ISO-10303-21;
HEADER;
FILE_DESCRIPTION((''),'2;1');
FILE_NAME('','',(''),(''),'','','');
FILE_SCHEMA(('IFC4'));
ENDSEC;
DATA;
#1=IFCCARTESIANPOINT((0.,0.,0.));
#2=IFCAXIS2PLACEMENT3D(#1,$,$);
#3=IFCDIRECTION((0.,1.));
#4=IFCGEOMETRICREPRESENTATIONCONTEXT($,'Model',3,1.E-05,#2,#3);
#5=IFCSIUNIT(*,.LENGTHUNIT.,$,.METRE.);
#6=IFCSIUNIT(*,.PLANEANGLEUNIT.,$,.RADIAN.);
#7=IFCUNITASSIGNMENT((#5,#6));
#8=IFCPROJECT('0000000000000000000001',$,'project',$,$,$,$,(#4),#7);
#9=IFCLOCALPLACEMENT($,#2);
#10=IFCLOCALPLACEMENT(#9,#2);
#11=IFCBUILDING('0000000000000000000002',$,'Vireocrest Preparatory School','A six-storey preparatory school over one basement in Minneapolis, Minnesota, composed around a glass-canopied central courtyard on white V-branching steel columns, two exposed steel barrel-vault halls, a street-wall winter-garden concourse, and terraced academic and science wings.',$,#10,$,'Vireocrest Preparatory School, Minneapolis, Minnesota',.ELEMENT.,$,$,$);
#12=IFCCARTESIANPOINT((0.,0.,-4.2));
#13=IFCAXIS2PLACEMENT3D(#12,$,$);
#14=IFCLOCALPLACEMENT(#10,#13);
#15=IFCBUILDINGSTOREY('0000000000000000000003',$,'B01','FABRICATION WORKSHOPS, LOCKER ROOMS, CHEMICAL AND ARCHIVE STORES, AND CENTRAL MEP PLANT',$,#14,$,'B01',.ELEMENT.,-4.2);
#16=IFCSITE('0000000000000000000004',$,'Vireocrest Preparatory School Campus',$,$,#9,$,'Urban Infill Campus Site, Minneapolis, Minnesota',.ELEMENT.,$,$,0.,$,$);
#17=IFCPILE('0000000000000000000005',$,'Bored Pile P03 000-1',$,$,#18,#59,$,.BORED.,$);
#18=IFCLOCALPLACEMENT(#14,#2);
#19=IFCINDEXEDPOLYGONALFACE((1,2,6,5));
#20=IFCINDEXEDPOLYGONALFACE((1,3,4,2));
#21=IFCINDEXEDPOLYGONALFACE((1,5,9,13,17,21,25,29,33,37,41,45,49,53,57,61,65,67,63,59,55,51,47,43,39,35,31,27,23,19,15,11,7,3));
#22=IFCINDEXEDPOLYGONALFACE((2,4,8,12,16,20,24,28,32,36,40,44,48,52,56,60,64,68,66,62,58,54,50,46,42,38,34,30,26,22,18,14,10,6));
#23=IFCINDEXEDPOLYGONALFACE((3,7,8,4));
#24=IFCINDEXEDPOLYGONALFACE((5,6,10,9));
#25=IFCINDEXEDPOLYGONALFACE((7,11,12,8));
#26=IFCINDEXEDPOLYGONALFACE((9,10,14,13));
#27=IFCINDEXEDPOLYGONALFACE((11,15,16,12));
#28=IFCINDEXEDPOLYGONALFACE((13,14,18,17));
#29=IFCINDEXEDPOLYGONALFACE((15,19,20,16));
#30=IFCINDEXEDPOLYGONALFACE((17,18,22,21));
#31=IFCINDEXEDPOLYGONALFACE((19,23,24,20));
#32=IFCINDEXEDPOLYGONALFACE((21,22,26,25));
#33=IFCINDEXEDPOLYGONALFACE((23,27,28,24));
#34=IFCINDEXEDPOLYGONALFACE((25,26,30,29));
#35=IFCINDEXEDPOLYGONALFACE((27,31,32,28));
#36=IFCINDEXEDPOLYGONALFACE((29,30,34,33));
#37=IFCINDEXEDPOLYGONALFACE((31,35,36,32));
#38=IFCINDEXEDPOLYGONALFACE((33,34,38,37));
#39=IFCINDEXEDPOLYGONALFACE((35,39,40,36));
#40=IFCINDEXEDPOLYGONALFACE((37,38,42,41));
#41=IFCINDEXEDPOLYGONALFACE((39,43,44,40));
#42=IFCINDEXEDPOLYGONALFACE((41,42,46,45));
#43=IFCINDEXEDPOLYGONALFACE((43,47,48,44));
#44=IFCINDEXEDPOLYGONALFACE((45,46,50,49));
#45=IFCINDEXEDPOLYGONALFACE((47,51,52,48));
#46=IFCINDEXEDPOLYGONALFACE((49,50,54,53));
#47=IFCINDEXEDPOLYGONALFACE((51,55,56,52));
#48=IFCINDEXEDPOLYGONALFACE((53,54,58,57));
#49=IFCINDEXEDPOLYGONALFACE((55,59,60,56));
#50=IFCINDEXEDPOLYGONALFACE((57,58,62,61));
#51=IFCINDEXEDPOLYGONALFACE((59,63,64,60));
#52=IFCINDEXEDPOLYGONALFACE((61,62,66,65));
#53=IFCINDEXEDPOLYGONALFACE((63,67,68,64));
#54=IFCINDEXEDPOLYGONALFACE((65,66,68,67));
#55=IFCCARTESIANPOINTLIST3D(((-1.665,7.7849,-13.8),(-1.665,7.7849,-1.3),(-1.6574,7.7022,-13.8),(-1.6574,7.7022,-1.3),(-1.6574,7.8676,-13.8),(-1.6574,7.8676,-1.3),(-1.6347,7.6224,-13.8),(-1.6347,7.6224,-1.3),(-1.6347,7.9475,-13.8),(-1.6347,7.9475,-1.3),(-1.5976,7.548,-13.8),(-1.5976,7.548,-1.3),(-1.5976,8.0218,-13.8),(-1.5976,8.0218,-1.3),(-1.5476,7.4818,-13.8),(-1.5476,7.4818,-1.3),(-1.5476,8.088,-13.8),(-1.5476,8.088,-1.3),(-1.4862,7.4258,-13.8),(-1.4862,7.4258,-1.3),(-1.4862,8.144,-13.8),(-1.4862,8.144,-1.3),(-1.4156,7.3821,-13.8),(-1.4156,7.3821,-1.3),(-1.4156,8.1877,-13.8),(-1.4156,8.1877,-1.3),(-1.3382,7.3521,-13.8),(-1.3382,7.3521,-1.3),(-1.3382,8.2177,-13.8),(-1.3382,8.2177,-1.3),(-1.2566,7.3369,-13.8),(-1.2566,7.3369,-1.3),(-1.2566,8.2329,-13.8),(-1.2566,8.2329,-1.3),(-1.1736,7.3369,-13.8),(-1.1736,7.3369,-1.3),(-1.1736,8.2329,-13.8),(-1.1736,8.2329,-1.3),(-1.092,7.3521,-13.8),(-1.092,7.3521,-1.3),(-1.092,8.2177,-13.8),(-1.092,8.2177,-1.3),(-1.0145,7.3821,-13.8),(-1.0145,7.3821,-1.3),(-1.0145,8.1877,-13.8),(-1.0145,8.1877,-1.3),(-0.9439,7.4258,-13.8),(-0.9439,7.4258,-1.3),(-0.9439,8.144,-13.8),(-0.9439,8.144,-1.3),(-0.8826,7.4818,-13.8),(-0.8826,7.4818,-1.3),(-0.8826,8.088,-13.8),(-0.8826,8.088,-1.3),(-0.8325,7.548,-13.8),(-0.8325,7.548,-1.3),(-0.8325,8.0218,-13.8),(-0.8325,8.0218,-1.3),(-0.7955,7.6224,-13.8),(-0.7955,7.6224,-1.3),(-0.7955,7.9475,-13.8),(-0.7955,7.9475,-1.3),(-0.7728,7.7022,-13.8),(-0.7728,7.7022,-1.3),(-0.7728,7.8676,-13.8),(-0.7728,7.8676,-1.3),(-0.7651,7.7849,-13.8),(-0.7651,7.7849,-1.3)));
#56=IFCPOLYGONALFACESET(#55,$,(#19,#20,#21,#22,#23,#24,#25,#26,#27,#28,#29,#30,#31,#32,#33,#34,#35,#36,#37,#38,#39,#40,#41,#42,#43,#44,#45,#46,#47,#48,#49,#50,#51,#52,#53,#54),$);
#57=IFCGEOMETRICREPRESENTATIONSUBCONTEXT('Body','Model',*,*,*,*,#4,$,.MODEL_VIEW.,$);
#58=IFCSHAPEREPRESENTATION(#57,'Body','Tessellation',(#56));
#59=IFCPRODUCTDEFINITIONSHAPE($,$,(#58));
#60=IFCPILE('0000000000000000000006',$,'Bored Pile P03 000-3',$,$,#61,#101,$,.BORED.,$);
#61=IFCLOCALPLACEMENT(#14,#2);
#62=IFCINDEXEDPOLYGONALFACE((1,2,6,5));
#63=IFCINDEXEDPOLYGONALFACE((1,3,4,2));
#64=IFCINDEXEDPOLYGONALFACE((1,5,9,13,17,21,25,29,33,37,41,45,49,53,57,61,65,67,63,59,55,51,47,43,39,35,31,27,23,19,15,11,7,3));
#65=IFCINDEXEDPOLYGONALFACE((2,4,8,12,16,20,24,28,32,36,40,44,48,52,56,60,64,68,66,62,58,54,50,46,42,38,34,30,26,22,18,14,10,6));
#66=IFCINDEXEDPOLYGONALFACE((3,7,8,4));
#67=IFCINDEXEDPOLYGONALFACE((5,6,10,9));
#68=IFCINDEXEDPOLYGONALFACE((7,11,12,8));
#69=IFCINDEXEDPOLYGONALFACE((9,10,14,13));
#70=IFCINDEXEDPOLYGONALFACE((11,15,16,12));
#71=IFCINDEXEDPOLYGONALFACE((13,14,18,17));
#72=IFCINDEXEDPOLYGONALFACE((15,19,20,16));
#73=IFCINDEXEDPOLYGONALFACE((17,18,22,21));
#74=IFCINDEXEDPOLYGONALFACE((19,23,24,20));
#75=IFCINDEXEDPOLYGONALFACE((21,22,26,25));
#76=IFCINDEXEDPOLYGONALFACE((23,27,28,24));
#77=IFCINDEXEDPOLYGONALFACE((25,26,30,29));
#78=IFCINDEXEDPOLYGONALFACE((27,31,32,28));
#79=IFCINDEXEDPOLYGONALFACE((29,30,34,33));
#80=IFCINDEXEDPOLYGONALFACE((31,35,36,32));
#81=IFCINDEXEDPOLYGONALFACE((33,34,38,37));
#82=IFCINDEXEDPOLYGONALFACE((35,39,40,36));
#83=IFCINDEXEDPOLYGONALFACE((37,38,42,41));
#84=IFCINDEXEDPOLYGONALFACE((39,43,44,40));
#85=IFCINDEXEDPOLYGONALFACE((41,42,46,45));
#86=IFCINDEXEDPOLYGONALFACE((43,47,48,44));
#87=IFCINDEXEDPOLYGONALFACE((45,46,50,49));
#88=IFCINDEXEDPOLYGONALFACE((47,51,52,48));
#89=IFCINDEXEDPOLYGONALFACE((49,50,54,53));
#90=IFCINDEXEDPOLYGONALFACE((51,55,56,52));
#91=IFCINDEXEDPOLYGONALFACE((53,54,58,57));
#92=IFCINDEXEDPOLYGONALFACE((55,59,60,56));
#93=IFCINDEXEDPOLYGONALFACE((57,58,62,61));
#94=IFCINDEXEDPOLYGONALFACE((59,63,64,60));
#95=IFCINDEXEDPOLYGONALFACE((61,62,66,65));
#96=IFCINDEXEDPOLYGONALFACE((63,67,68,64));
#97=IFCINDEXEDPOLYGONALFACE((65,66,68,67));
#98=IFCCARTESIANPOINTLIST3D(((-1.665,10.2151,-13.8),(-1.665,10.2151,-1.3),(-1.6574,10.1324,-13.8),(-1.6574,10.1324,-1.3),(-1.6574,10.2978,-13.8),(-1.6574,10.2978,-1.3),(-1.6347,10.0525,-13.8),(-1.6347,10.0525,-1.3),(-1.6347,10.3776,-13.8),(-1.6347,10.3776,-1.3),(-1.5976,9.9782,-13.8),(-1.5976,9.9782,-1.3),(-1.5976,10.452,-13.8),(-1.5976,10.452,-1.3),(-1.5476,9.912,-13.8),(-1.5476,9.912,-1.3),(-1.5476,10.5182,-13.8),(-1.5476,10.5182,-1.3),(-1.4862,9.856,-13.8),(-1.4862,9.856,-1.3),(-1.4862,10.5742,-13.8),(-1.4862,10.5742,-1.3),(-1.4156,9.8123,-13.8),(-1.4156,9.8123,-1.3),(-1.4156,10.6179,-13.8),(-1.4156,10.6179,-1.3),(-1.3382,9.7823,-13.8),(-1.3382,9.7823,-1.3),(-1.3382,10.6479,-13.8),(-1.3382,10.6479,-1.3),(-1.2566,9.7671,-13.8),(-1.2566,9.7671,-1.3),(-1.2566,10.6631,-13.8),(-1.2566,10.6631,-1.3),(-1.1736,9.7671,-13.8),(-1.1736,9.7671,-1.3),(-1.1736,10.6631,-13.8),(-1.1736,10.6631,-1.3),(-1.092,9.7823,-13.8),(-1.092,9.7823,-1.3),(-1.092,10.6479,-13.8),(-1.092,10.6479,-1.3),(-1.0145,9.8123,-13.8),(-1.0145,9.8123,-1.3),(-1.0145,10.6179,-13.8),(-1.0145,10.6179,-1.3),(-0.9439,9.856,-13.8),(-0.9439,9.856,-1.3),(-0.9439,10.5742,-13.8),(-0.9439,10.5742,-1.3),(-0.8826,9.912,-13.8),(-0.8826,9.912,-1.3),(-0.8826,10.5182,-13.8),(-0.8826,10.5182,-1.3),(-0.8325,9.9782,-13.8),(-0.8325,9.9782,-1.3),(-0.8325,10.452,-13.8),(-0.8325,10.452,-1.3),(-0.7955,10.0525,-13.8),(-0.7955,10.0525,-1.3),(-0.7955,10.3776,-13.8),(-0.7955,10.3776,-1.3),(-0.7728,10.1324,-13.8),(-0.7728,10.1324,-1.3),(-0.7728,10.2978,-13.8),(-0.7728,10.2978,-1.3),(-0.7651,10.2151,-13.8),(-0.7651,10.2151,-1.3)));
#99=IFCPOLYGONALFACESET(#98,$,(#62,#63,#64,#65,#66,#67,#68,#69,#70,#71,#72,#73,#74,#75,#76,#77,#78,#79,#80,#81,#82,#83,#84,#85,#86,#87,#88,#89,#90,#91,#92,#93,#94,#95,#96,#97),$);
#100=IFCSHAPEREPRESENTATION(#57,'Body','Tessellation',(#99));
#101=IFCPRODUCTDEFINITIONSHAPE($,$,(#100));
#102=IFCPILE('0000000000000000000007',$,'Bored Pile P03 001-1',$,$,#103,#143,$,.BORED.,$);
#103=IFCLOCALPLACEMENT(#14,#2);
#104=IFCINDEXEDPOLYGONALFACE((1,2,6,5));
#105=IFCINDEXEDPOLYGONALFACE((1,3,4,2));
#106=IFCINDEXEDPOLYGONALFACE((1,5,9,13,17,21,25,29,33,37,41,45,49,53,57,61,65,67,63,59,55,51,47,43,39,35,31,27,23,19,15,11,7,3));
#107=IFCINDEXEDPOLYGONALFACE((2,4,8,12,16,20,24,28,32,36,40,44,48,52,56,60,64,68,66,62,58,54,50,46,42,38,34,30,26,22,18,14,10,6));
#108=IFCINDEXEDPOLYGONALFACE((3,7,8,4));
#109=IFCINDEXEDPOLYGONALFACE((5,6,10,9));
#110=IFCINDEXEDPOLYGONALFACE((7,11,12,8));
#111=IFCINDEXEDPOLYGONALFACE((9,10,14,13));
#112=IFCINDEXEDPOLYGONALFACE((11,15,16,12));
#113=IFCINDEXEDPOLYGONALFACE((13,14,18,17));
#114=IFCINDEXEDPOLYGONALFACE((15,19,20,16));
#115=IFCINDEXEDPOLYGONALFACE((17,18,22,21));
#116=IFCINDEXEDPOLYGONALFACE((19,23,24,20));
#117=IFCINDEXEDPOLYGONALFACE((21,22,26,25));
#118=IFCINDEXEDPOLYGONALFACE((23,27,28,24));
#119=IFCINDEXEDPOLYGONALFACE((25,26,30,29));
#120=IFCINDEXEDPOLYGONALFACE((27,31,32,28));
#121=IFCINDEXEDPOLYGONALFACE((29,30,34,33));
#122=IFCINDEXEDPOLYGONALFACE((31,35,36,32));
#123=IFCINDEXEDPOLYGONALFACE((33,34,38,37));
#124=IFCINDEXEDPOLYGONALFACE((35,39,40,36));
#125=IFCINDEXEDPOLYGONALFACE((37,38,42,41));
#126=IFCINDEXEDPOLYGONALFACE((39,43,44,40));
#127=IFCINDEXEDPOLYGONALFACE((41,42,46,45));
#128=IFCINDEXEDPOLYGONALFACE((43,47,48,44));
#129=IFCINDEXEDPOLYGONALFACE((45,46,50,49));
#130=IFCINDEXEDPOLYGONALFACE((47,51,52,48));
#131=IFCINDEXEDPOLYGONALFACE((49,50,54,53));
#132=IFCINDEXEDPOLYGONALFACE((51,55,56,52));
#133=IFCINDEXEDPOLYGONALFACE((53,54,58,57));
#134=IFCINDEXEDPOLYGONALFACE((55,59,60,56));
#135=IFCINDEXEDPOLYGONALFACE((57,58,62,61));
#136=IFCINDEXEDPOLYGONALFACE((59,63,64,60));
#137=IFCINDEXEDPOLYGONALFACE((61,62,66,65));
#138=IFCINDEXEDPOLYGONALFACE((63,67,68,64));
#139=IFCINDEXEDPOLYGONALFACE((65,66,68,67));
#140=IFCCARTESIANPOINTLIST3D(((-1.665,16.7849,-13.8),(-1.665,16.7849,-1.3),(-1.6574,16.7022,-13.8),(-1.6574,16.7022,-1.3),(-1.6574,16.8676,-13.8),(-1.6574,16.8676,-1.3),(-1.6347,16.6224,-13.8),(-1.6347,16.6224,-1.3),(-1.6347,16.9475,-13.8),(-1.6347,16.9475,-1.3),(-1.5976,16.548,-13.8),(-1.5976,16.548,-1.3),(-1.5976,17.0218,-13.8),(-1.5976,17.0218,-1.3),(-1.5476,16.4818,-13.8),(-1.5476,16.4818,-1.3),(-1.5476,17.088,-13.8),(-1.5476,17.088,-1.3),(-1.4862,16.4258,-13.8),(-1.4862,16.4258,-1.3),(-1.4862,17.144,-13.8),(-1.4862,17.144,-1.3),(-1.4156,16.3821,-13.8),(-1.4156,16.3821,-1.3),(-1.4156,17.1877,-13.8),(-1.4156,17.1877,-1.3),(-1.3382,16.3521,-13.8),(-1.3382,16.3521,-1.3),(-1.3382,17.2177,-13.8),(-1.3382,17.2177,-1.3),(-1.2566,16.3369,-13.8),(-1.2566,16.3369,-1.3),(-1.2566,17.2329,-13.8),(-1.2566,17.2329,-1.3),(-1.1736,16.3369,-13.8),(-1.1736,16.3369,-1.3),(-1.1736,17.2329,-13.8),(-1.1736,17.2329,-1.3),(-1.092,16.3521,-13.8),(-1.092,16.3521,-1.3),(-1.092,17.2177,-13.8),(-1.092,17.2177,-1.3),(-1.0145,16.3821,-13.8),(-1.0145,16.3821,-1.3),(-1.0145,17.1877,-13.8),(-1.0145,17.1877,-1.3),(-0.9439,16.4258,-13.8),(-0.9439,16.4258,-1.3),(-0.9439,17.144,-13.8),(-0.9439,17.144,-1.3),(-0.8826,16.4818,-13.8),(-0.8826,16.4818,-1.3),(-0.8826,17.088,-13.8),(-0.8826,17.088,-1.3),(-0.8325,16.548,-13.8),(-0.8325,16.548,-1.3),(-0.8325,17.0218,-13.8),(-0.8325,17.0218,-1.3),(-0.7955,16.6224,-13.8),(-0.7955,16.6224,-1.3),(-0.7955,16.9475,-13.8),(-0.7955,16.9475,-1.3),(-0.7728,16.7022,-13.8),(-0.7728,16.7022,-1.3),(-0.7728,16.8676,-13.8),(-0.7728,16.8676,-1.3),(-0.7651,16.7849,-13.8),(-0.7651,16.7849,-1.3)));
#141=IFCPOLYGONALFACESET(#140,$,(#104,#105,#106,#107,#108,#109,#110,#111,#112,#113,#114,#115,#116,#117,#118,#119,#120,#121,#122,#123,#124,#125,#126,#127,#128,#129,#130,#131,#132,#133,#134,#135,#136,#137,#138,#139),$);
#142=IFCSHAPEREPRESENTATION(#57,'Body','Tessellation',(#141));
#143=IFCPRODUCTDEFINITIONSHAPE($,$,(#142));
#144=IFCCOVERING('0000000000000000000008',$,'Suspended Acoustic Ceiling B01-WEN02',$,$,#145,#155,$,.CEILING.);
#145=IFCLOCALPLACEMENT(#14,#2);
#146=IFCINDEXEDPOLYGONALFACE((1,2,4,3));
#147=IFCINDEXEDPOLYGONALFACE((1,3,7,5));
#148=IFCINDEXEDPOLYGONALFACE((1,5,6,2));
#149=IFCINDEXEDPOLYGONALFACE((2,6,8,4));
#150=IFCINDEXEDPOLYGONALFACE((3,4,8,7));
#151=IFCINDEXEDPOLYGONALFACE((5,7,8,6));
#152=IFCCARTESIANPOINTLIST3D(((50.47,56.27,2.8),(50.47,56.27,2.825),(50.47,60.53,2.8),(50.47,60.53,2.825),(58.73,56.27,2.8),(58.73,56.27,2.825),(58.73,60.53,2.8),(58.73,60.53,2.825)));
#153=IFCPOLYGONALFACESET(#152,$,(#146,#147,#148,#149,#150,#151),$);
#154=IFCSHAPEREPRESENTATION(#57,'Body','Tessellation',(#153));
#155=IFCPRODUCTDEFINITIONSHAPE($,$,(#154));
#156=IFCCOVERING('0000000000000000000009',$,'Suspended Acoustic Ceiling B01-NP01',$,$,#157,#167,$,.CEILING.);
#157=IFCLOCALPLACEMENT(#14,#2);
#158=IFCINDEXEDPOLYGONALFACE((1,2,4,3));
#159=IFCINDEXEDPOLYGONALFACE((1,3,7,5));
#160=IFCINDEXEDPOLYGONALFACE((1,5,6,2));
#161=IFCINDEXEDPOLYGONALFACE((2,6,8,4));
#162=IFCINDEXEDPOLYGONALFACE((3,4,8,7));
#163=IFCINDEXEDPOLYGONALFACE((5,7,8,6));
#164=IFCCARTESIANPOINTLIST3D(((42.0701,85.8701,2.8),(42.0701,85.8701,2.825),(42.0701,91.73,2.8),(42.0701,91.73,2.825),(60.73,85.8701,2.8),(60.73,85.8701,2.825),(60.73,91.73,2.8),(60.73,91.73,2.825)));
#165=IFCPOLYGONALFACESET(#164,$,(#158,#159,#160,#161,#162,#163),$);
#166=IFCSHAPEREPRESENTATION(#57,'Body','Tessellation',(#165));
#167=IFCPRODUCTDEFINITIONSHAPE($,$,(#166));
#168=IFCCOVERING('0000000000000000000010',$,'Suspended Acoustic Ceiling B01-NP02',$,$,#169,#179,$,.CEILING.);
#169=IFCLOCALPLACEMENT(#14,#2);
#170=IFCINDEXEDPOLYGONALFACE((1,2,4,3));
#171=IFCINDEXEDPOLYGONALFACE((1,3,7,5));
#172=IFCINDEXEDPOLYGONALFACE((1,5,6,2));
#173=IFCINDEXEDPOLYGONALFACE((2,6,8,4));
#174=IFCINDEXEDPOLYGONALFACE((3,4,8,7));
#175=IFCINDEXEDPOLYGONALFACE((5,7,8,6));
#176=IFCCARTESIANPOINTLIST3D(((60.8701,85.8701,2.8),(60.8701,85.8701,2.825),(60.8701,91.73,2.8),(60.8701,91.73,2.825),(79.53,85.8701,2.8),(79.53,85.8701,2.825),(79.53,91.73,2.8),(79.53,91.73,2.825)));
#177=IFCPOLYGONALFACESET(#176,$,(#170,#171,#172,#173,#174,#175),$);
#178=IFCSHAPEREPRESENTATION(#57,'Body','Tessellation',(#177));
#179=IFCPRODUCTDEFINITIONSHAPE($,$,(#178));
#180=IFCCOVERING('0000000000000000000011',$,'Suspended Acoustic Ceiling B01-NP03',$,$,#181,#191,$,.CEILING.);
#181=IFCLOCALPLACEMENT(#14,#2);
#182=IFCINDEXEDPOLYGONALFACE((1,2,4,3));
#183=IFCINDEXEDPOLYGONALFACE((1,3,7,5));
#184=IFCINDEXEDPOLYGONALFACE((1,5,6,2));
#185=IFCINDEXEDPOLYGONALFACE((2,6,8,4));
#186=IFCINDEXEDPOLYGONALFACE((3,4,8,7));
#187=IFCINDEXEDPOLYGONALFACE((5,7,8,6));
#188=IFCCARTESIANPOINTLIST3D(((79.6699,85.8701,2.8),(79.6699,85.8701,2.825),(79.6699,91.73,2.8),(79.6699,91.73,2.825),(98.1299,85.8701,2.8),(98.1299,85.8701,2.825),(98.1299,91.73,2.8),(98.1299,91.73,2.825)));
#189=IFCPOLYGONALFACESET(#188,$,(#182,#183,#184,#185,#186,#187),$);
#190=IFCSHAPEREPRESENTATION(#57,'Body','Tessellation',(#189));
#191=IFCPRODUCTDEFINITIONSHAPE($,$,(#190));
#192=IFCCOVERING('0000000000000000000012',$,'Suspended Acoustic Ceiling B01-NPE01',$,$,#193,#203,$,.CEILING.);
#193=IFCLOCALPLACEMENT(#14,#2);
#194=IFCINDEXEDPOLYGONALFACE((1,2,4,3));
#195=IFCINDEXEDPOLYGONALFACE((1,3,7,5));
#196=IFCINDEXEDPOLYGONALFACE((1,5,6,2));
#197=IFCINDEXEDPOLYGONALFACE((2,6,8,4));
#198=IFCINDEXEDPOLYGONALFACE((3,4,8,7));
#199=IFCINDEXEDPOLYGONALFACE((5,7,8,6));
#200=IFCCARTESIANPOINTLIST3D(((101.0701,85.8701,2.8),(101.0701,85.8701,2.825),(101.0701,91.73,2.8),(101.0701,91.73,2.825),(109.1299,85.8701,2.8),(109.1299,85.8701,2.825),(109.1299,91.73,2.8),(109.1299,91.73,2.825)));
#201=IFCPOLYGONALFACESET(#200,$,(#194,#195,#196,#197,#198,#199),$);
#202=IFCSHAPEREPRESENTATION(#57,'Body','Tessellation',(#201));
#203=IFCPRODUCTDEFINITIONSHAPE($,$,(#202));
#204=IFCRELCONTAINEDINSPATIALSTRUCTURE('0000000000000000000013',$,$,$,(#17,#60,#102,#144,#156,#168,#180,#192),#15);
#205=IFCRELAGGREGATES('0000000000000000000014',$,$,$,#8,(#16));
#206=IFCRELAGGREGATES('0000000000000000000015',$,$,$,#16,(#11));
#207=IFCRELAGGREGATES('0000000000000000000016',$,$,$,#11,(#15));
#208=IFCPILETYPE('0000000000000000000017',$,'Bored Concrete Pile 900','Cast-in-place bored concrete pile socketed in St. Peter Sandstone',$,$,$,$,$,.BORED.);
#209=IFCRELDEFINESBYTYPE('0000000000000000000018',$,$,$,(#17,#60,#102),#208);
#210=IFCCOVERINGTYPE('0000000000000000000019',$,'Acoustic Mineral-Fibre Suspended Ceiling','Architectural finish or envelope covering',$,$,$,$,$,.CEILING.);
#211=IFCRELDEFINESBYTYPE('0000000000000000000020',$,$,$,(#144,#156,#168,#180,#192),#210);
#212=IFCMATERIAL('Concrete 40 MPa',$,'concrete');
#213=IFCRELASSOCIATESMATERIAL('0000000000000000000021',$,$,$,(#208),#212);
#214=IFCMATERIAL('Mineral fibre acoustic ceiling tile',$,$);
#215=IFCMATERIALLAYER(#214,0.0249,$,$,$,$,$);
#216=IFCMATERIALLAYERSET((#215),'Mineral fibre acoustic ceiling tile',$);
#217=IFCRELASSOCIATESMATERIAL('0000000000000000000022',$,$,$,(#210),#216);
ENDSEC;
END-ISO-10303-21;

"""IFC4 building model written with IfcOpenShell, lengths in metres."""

from ifc_helpers import new_model, si_unit, direction, frame, origin, origin_2d, place, context, subcontext, project, spatial, polyline, circle, outline, extrude, material, layer, layer_set, material_profile, profile_set, type_object, element, save


model = new_model("IFC4")

# Units and contexts
model_context = context("Model", 3, precision=1e-05, world=origin(), true_north=direction((0.0, 1.0)))
body_context = subcontext(model_context, "Body", "Model", "MODEL_VIEW")
ifc_project = project(units=[si_unit("LENGTHUNIT", "METRE"), si_unit("PLANEANGLEUNIT", "RADIAN")], contexts=[model_context])

# Site, building, storey
site_placement = place(None, origin())
site = spatial("IfcSite", under=ifc_project, at=site_placement, Name="Vireocrest Preparatory School Campus", LongName="Urban Infill Campus Site, Minneapolis, Minnesota", CompositionType="ELEMENT", RefElevation=0.0)
building_placement = place(site_placement, origin())
building = spatial("IfcBuilding", under=site, at=building_placement, Name="Vireocrest Preparatory School", Description="A six-storey preparatory school over one basement in Minneapolis, Minnesota, composed around a glass-canopied central courtyard on white V-branching steel columns, two exposed steel barrel-vault halls, a street-wall winter-garden concourse, and terraced academic and science wings.", LongName="Vireocrest Preparatory School, Minneapolis, Minnesota", CompositionType="ELEMENT")
storey_placement = place(building_placement, frame((0.0, 0.0, -4.2)))
storey = spatial("IfcBuildingStorey", under=building, at=storey_placement, Name="B01", Description="FABRICATION WORKSHOPS, LOCKER ROOMS, CHEMICAL AND ARCHIVE STORES, AND CENTRAL MEP PLANT", LongName="B01", CompositionType="ELEMENT", Elevation=-4.2)

# Piles
ifc_material_1 = material(Name="Concrete 40 MPa", Category="concrete")
ifc_material_profile = material_profile(ifc_material_1, circle(Radius=0.45, at=origin_2d()), Name="BORED PILE 900")
ifc_profile_set = profile_set([ifc_material_profile], Name="Concrete 40 MPa")
pile_type = type_object("IfcPileType", Name="Bored Concrete Pile 900", Description="Cast-in-place bored concrete pile socketed in St. Peter Sandstone", PredefinedType="BORED", material=ifc_profile_set)
for number, where, z_axis, x_axis, name in (
    (1, (-1.2151, 7.7849, -1.3), (0.0, 0.0, -1.0), (1.0, 0.0, 0.0), "Bored Pile P03 000-1"),
    (2, (-1.2151, 10.2151, -1.3), (0.0, 0.0, -1.0), (1.0, 0.0, 0.0), "Bored Pile P03 000-3"),
    (3, (-1.2151, 16.7849, -1.3), (0.0, 0.0, -1.0), (1.0, 0.0, 0.0), "Bored Pile P03 001-1"),
):
    element("IfcPile", number, at=place(storey_placement, frame(where, z_axis=z_axis, x_axis=x_axis)), inside=storey, type_object=pile_type, Name=name, PredefinedType="BORED", context=body_context, shape_type="SweptSolid", body=[
        extrude(circle(Radius=0.45, at=origin_2d()), origin(), (0.0, 0.0, 1.0), 12.5),
    ])

# Coverings
ifc_material_2 = material(Name="Mineral fibre acoustic ceiling tile")
ifc_layer_1 = layer(ifc_material_2, 0.0249)
ifc_layer_set_1 = layer_set([ifc_layer_1], Name="Mineral fibre acoustic ceiling tile")
covering_type_1 = type_object("IfcCoveringType", Name="Acoustic Mineral-Fibre Suspended Ceiling", Description="Architectural finish or envelope covering", PredefinedType="CEILING", material=ifc_layer_set_1)
covering_1_placement = place(storey_placement, frame((0.0, 0.0, 2.8)))
element("IfcCovering", 4, at=covering_1_placement, inside=storey, type_object=covering_type_1, Name="Suspended Acoustic Ceiling B01-WEN02", PredefinedType="CEILING", context=body_context, shape_type="SweptSolid", body=[
    extrude(outline(polyline([(50.47, 56.27), (58.73, 56.27), (58.73, 60.53), (50.47, 60.53), (50.47, 56.27)])), origin(), (0.0, 0.0, 1.0), 0.0249),
])
covering_2_placement = place(storey_placement, frame((0.0, 0.0, 2.8)))
element("IfcCovering", 5, at=covering_2_placement, inside=storey, type_object=covering_type_1, Name="Suspended Acoustic Ceiling B01-NP01", PredefinedType="CEILING", context=body_context, shape_type="SweptSolid", body=[
    extrude(outline(polyline([(42.0701, 85.8701), (60.73, 85.8701), (60.73, 91.73), (42.0701, 91.73), (42.0701, 85.8701)])), origin(), (0.0, 0.0, 1.0), 0.0249),
])
covering_3_placement = place(storey_placement, frame((0.0, 0.0, 2.8)))
element("IfcCovering", 6, at=covering_3_placement, inside=storey, type_object=covering_type_1, Name="Suspended Acoustic Ceiling B01-NP02", PredefinedType="CEILING", context=body_context, shape_type="SweptSolid", body=[
    extrude(outline(polyline([(60.8701, 85.8701), (79.53, 85.8701), (79.53, 91.73), (60.8701, 91.73), (60.8701, 85.8701)])), origin(), (0.0, 0.0, 1.0), 0.0249),
])
covering_4_placement = place(storey_placement, frame((0.0, 0.0, 2.8)))
element("IfcCovering", 7, at=covering_4_placement, inside=storey, type_object=covering_type_1, Name="Suspended Acoustic Ceiling B01-NP03", PredefinedType="CEILING", context=body_context, shape_type="SweptSolid", body=[
    extrude(outline(polyline([(79.6699, 85.8701), (98.1299, 85.8701), (98.1299, 91.73), (79.6699, 91.73), (79.6699, 85.8701)])), origin(), (0.0, 0.0, 1.0), 0.0249),
])
covering_5_placement = place(storey_placement, frame((0.0, 0.0, 2.8)))
element("IfcCovering", 8, at=covering_5_placement, inside=storey, type_object=covering_type_1, Name="Suspended Acoustic Ceiling B01-NPE01", PredefinedType="CEILING", context=body_context, shape_type="SweptSolid", body=[
    extrude(outline(polyline([(101.0701, 85.8701), (109.1299, 85.8701), (109.1299, 91.73), (101.0701, 91.73), (101.0701, 85.8701)])), origin(), (0.0, 0.0, 1.0), 0.0249),
])

save(model, "model.ifc")
